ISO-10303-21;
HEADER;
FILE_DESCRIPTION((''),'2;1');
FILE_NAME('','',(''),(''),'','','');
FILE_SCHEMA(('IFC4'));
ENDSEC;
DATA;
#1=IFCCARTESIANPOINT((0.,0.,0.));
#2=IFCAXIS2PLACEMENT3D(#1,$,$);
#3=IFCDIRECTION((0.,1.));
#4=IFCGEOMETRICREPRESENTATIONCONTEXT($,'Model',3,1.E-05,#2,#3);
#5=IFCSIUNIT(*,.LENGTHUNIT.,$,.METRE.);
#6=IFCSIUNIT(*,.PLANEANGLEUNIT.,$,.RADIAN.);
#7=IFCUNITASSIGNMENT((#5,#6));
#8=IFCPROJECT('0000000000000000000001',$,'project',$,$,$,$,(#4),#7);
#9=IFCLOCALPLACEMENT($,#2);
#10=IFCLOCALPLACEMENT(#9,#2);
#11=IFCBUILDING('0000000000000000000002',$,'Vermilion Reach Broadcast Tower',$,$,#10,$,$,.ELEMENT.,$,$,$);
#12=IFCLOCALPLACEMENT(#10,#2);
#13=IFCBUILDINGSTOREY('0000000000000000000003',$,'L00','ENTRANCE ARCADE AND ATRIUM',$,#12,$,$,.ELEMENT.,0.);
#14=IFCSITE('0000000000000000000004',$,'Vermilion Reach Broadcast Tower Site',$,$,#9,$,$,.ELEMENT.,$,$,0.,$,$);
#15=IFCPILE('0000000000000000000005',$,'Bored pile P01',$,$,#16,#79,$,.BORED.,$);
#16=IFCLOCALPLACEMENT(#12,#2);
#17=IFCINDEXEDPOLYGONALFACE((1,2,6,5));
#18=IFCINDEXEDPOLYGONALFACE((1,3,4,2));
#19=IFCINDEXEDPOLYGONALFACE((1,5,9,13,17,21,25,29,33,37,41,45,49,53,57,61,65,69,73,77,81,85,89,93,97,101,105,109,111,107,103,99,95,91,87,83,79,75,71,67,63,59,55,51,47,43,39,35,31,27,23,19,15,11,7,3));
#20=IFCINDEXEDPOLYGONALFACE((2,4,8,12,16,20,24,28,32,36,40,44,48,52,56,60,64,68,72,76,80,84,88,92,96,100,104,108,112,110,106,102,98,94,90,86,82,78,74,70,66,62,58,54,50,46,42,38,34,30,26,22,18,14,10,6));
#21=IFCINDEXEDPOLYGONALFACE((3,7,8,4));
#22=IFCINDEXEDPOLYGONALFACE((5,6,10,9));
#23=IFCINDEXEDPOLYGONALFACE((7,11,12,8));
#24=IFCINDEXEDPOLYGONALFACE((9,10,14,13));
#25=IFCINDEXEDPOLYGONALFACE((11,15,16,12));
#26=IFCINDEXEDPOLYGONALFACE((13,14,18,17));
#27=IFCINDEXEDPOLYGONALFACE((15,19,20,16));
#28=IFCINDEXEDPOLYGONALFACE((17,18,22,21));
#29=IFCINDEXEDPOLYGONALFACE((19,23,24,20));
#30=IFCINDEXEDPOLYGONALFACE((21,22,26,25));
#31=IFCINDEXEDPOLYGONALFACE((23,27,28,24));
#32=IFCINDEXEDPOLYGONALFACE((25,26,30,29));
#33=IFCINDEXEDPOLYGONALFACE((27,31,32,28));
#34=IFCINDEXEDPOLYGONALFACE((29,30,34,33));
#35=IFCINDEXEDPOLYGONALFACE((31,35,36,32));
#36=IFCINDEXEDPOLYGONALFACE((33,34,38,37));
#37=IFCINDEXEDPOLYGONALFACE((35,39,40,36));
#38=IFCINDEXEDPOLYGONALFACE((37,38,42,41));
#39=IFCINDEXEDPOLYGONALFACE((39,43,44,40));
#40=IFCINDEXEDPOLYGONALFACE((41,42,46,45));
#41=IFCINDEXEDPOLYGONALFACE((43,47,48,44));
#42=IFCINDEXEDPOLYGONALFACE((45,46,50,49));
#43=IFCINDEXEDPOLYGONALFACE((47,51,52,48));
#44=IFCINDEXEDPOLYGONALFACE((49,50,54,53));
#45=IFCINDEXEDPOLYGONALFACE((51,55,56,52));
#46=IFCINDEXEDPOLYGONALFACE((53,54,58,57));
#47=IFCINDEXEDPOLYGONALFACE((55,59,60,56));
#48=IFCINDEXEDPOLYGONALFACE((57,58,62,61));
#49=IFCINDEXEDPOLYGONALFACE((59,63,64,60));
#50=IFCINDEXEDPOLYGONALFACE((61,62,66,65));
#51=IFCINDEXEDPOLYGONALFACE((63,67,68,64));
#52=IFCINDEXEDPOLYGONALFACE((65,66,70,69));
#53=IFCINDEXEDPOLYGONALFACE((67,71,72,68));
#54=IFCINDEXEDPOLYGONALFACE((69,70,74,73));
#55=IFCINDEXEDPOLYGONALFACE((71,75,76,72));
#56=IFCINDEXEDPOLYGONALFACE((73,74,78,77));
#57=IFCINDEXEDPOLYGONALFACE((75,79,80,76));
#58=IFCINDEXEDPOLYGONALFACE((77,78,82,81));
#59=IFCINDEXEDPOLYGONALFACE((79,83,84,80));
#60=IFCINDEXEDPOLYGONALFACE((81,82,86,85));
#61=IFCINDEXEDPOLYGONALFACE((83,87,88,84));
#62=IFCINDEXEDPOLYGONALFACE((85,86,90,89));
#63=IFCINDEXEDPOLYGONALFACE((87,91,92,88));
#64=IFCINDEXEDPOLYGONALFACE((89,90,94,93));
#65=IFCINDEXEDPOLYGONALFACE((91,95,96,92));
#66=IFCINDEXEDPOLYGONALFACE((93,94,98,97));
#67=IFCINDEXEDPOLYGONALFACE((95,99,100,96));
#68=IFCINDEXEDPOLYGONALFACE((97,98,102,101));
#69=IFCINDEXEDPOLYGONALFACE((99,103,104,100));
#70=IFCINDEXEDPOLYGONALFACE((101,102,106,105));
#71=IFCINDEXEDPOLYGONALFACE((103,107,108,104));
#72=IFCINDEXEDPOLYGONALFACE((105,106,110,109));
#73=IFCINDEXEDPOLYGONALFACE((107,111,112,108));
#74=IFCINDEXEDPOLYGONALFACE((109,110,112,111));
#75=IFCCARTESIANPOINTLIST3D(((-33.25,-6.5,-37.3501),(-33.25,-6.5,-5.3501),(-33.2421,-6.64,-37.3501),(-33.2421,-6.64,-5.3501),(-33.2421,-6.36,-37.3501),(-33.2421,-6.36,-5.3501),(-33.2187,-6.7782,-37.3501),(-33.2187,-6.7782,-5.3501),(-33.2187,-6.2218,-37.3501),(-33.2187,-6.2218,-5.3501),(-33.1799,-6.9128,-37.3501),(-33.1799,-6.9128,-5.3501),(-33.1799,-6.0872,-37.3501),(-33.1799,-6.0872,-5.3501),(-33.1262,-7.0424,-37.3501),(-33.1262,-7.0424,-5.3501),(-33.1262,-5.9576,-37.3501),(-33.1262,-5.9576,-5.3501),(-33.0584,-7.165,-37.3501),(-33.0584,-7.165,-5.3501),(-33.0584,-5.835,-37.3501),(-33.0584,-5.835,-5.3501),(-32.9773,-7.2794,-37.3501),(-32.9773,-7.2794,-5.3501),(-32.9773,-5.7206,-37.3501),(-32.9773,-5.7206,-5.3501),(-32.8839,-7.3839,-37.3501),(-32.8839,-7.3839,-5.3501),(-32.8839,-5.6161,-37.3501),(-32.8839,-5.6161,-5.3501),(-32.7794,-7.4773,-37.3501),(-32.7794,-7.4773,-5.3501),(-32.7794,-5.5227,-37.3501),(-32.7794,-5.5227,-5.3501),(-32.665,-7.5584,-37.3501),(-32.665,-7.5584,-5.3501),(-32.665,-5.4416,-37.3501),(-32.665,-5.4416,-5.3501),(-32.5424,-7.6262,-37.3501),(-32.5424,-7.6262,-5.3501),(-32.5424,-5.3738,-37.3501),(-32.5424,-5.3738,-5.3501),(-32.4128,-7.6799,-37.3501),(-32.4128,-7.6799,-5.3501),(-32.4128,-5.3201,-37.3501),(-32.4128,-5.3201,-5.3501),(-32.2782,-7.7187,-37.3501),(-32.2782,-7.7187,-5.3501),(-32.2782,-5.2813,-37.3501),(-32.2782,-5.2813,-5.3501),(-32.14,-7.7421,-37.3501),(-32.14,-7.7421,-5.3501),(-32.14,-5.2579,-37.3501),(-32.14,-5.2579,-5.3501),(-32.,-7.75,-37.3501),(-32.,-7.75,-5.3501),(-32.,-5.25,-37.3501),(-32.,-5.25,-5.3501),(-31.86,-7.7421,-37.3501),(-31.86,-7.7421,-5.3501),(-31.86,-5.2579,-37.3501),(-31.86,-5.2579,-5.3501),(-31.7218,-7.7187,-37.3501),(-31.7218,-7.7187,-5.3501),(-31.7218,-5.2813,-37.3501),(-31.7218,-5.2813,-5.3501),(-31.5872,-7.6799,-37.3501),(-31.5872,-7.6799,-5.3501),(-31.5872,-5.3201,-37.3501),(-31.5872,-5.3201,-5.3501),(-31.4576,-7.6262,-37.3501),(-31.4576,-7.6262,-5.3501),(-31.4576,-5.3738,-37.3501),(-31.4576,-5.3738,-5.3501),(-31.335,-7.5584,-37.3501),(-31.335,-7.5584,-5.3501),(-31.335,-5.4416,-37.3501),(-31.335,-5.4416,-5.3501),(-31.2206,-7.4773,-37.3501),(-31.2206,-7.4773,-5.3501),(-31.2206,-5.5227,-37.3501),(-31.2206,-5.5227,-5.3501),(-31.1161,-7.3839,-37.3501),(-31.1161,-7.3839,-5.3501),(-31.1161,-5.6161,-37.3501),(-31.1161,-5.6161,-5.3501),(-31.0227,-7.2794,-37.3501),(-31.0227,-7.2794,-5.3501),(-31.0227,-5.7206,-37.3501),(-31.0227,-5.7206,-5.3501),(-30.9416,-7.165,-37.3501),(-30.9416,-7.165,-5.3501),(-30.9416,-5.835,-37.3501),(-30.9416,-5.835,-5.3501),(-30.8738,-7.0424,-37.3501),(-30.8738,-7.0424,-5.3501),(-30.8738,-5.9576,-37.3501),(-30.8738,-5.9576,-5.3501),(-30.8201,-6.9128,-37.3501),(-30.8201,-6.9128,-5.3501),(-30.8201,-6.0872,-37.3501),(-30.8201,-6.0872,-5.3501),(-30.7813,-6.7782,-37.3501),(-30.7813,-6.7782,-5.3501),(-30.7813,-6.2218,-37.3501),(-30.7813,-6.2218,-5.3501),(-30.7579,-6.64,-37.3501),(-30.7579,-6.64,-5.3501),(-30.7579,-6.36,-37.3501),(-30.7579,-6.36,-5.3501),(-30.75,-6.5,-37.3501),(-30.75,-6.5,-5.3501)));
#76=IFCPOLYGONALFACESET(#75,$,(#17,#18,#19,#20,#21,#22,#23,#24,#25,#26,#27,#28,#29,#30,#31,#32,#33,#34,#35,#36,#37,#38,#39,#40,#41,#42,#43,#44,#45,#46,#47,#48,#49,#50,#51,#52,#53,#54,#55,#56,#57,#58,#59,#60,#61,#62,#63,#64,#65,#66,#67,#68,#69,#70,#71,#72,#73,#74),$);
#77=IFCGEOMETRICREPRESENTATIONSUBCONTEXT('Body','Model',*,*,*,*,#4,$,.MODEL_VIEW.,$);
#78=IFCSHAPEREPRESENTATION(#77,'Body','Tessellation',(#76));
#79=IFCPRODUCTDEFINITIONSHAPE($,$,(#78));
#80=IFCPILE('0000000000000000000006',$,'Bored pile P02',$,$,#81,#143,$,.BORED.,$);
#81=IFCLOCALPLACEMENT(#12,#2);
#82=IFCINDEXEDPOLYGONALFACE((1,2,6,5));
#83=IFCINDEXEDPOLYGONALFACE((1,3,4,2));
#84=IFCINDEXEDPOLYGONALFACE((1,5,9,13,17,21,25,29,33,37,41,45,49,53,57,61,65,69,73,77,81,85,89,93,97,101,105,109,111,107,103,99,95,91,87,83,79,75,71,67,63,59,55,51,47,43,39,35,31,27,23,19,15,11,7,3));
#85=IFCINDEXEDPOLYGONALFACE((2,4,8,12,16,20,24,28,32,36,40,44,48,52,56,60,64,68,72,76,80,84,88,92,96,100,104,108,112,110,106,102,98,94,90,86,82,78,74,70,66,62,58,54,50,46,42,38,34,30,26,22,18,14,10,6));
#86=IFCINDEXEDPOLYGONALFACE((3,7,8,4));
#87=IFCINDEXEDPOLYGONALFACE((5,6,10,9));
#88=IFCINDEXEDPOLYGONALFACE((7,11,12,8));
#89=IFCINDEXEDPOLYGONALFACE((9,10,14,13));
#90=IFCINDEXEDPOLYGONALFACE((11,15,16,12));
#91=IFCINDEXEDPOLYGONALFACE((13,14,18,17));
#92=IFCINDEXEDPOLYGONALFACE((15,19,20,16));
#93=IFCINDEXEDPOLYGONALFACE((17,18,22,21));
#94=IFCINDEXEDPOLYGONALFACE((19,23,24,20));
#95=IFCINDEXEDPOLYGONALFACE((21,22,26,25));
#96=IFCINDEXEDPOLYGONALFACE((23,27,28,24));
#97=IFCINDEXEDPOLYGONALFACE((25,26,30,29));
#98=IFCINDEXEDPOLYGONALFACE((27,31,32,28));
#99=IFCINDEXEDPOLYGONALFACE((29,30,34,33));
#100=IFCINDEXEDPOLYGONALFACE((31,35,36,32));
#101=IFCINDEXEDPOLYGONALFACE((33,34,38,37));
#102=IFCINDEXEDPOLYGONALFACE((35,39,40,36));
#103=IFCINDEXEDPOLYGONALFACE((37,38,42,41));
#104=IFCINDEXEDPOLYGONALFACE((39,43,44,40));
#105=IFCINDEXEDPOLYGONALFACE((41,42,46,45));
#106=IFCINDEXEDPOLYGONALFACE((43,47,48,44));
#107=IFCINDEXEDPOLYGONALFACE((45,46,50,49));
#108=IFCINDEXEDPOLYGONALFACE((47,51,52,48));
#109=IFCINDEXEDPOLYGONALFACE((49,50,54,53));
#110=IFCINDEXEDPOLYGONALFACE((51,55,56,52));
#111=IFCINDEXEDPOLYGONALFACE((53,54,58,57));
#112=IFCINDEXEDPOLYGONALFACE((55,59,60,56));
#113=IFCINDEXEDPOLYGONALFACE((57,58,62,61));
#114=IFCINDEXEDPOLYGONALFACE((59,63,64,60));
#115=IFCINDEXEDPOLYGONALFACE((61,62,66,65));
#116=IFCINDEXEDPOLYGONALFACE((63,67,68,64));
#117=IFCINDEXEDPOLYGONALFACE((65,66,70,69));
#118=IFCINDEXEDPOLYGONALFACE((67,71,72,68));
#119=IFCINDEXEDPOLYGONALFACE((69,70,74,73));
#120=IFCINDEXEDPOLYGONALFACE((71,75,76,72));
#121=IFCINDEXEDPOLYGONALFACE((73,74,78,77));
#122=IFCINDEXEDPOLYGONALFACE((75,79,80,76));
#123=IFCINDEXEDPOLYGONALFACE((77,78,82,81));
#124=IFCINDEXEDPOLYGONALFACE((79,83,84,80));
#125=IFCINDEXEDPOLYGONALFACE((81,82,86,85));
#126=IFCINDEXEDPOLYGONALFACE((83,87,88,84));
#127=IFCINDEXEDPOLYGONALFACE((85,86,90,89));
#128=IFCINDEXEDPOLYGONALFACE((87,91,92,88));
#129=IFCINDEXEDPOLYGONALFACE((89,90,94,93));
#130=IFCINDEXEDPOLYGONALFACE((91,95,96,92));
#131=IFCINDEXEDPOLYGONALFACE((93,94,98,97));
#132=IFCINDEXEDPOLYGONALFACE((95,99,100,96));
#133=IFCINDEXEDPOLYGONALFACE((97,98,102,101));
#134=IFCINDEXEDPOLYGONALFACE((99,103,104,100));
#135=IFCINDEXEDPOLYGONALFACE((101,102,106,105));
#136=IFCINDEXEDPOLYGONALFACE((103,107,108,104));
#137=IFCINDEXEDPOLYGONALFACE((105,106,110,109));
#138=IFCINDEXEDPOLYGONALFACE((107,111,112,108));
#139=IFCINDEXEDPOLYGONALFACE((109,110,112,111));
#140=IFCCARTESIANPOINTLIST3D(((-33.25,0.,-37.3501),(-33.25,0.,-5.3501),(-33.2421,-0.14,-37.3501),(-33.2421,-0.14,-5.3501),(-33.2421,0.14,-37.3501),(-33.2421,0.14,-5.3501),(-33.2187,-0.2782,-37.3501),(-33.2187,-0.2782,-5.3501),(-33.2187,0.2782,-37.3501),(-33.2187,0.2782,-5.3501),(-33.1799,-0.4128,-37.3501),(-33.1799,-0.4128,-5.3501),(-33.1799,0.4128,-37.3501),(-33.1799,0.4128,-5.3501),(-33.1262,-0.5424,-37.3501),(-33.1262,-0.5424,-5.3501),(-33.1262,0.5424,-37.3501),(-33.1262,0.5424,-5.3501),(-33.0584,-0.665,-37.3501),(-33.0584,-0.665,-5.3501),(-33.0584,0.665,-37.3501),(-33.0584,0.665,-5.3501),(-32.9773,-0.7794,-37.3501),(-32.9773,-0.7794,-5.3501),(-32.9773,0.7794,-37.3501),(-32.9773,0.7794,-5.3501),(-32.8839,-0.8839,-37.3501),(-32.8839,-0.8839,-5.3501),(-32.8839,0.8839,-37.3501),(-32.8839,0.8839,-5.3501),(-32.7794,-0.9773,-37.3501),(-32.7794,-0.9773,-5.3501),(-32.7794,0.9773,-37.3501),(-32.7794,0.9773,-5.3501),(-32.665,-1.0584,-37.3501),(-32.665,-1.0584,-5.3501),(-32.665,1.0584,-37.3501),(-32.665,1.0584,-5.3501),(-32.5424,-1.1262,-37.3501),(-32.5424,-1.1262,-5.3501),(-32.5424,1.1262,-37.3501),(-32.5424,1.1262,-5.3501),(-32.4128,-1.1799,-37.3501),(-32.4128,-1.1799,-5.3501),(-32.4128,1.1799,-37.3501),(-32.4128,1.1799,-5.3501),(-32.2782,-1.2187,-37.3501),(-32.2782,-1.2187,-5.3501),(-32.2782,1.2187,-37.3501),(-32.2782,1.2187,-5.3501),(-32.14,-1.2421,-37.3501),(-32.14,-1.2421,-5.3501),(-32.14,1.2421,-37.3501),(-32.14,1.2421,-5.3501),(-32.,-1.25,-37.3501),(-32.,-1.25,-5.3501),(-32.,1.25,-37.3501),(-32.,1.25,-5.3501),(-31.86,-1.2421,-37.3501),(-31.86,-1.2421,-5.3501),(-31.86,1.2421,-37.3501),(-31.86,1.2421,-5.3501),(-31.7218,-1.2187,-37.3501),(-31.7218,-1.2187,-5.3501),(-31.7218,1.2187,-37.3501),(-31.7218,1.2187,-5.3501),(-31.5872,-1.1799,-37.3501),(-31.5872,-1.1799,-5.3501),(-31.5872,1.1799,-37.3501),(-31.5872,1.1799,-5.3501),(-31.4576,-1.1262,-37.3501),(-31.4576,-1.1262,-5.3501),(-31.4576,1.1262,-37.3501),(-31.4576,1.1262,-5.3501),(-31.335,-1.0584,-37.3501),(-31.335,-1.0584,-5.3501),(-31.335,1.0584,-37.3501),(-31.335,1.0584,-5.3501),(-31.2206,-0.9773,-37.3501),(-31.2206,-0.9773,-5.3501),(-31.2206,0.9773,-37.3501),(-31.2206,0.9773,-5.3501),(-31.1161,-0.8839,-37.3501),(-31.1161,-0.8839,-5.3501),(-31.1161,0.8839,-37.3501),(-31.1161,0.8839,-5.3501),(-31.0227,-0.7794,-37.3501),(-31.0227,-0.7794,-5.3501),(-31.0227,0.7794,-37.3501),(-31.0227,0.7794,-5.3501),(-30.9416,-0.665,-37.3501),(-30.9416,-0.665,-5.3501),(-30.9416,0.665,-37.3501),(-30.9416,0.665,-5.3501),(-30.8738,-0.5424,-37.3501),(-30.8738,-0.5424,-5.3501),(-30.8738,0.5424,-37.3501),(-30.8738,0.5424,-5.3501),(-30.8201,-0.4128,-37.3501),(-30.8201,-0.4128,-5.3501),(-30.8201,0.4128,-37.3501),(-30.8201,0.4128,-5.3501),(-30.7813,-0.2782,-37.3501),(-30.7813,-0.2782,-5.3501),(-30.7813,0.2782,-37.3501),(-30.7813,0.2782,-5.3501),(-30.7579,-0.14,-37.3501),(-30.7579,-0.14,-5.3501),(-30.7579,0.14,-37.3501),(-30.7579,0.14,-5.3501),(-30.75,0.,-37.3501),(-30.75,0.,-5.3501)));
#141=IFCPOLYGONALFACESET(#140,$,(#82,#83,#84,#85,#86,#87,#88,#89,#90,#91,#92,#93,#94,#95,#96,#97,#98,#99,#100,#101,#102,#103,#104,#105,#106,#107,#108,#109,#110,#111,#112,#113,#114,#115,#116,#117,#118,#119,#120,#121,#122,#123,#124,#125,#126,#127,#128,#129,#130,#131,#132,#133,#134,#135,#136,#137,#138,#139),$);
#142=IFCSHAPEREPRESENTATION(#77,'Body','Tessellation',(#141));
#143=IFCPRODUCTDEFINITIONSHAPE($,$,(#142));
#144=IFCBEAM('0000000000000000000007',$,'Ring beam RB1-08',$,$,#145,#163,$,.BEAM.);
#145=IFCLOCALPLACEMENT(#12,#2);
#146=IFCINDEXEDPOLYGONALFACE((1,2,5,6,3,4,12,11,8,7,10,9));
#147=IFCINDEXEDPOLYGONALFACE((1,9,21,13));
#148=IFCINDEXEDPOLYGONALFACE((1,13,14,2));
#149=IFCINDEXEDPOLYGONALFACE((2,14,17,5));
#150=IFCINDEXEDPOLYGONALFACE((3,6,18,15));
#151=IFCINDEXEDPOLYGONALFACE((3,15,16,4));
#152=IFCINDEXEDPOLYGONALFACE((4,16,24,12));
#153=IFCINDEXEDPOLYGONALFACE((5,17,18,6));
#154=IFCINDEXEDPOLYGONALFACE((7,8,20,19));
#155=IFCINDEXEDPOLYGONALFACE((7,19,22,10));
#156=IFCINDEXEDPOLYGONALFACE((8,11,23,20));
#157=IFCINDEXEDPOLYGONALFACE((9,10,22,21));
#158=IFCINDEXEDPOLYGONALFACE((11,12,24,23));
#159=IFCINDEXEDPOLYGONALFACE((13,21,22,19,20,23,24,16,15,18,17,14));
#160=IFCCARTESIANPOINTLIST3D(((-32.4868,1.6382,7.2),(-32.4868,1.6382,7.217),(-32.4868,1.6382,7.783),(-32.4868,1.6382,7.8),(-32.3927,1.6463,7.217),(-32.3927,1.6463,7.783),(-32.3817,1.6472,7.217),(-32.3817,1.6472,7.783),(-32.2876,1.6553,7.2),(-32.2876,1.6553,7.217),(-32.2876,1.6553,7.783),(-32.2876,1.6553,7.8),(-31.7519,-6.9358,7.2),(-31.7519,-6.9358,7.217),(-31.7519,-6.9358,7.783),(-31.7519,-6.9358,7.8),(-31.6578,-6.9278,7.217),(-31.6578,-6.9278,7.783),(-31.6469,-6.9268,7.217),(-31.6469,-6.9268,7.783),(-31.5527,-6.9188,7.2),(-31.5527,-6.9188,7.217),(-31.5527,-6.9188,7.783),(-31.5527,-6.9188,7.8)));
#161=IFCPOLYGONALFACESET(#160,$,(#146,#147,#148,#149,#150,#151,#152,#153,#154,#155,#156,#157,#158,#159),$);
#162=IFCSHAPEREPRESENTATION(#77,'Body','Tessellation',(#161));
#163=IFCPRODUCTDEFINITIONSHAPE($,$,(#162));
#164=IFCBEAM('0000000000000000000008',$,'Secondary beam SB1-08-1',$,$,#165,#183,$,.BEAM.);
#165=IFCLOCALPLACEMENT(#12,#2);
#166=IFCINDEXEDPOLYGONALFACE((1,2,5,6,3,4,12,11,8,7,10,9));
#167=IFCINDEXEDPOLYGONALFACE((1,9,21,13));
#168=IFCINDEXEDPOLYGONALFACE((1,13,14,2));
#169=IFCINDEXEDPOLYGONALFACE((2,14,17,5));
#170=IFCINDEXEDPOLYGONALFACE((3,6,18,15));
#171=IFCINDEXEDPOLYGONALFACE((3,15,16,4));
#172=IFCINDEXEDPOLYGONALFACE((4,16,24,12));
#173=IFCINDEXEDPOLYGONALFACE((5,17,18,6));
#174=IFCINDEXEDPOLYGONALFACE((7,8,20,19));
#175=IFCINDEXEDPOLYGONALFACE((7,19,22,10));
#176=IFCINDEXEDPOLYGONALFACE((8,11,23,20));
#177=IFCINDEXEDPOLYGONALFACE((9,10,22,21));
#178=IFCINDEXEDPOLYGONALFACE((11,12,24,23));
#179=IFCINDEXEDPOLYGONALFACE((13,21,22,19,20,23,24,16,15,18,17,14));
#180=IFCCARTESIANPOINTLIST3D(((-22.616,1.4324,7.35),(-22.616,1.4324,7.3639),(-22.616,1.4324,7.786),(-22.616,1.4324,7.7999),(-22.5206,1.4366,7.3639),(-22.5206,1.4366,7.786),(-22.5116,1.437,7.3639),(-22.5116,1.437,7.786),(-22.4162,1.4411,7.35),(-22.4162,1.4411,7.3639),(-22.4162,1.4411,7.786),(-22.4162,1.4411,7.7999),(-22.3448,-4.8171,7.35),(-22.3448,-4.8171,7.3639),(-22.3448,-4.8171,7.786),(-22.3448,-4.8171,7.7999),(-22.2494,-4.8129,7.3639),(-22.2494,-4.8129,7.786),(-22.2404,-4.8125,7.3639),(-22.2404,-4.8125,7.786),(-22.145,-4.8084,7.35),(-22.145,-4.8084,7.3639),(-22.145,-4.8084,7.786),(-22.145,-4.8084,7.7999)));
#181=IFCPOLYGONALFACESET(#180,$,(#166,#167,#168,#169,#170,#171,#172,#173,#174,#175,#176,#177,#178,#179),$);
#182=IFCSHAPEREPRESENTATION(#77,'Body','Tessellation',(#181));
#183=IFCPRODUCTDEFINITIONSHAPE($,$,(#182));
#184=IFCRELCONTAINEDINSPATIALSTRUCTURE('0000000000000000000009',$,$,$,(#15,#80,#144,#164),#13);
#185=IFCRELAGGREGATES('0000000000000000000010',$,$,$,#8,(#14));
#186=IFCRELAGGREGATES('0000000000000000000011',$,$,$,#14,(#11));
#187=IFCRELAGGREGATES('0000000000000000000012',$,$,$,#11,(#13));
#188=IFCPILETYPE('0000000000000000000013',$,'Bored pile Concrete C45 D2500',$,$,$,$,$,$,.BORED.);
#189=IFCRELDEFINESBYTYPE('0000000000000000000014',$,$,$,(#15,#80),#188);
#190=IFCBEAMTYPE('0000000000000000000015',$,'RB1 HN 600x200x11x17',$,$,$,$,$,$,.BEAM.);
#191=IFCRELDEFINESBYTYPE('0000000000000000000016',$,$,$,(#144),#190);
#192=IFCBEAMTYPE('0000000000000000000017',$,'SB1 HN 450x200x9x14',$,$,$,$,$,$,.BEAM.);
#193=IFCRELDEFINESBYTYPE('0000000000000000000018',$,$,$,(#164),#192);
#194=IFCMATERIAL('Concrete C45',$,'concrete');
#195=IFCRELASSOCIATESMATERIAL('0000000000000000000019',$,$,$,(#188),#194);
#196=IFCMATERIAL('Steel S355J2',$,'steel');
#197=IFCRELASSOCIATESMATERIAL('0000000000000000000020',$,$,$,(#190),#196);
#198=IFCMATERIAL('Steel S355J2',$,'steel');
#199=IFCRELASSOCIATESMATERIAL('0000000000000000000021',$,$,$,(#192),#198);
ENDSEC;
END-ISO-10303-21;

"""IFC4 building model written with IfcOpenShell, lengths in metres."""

from ifc_helpers import new_model, si_unit, direction, frame, origin, origin_2d, place, context, subcontext, project, spatial, circle, i_section, extrude, material, material_profile, profile_set, type_object, element, save


model = new_model("IFC4")

# Units and contexts
model_context = context("Model", 3, precision=1e-05, world=origin(), true_north=direction((0.0, 1.0)))
body_context = subcontext(model_context, "Body", "Model", "MODEL_VIEW")
ifc_project = project(units=[si_unit("LENGTHUNIT", "METRE"), si_unit("PLANEANGLEUNIT", "RADIAN")], contexts=[model_context])

# Site, building, storey
site_placement = place(None, origin())
site = spatial("IfcSite", under=ifc_project, at=site_placement, Name="Vermilion Reach Broadcast Tower Site", CompositionType="ELEMENT", RefElevation=0.0)
building_placement = place(site_placement, origin())
building = spatial("IfcBuilding", under=site, at=building_placement, Name="Vermilion Reach Broadcast Tower", CompositionType="ELEMENT")
storey_placement = place(building_placement, origin())
storey = spatial("IfcBuildingStorey", under=building, at=storey_placement, Name="L00", Description="ENTRANCE ARCADE AND ATRIUM", CompositionType="ELEMENT", Elevation=0.0)

# Piles
ifc_material_1 = material(Name="Concrete C45", Category="concrete")
ifc_material_profile_1 = material_profile(ifc_material_1, circle(Radius=1.25, at=origin_2d()), Name="Concrete C45 D2500")
ifc_profile_set_1 = profile_set([ifc_material_profile_1], Name="Concrete C45")
pile_type = type_object("IfcPileType", Name="Bored pile Concrete C45 D2500", PredefinedType="BORED", material=ifc_profile_set_1)
for number, where, z_axis, x_axis, name in (
    (1, (-32.0, -6.5, -5.3501), (0.0, 0.0, -1.0), (1.0, 0.0, 0.0), "Bored pile P01"),
    (2, (-32.0, 0.0, -5.3501), (0.0, 0.0, -1.0), (1.0, 0.0, 0.0), "Bored pile P02"),
):
    element("IfcPile", number, at=place(storey_placement, frame(where, z_axis=z_axis, x_axis=x_axis)), inside=storey, type_object=pile_type, Name=name, PredefinedType="BORED", context=body_context, shape_type="SweptSolid", body=[
        extrude(circle(Radius=1.25, at=origin_2d()), origin(), (0.0, 0.0, 1.0), 32.0),
    ])

# Beams
ifc_material_2 = material(Name="Steel S355J2", Category="steel")
ifc_material_profile_2 = material_profile(ifc_material_2, i_section(OverallWidth=0.2, OverallDepth=0.6001, WebThickness=0.011, FlangeThickness=0.0171, at=origin_2d()), Name="S355J2 HN 600x200x11x17")
ifc_profile_set_2 = profile_set([ifc_material_profile_2], Name="Steel S355J2")
beam_type_1 = type_object("IfcBeamType", Name="RB1 HN 600x200x11x17", PredefinedType="BEAM", material=ifc_profile_set_2)
beam_1_placement = place(storey_placement, frame((-32.3872, 1.6467, 7.5), z_axis=(0.085396, -0.996347, 0.0), x_axis=(0.996347, 0.085396, 0.0)))
element("IfcBeam", 3, at=beam_1_placement, inside=storey, type_object=beam_type_1, Name="Ring beam RB1-08", PredefinedType="BEAM", context=body_context, shape_type="SweptSolid", body=[
    extrude(i_section(OverallWidth=0.2, OverallDepth=0.6001, WebThickness=0.011, FlangeThickness=0.0171, at=origin_2d()), origin(), (0.0, 0.0, 1.0), 8.6055),
])
ifc_material_3 = material(Name="Steel S355J2", Category="steel")
ifc_material_profile_3 = material_profile(ifc_material_3, i_section(OverallWidth=0.2, OverallDepth=0.45, WebThickness=0.009, FlangeThickness=0.0139, at=origin_2d()), Name="S355J2 HN 450x200x9x14")
ifc_profile_set_3 = profile_set([ifc_material_profile_3], Name="Steel S355J2")
beam_type_2 = type_object("IfcBeamType", Name="SB1 HN 450x200x9x14", PredefinedType="BEAM", material=ifc_profile_set_3)
beam_2_placement = place(storey_placement, frame((-22.5161, 1.4368, 7.575), z_axis=(0.043361, -0.999059, 0.0), x_axis=(0.999059, 0.043361, 0.0)))
element("IfcBeam", 4, at=beam_2_placement, inside=storey, type_object=beam_type_2, Name="Secondary beam SB1-08-1", PredefinedType="BEAM", context=body_context, shape_type="SweptSolid", body=[
    extrude(i_section(OverallWidth=0.2, OverallDepth=0.45, WebThickness=0.009, FlangeThickness=0.0139, at=origin_2d()), origin(), (0.0, 0.0, 1.0), 6.2554),
])

save(model, "model.ifc")
